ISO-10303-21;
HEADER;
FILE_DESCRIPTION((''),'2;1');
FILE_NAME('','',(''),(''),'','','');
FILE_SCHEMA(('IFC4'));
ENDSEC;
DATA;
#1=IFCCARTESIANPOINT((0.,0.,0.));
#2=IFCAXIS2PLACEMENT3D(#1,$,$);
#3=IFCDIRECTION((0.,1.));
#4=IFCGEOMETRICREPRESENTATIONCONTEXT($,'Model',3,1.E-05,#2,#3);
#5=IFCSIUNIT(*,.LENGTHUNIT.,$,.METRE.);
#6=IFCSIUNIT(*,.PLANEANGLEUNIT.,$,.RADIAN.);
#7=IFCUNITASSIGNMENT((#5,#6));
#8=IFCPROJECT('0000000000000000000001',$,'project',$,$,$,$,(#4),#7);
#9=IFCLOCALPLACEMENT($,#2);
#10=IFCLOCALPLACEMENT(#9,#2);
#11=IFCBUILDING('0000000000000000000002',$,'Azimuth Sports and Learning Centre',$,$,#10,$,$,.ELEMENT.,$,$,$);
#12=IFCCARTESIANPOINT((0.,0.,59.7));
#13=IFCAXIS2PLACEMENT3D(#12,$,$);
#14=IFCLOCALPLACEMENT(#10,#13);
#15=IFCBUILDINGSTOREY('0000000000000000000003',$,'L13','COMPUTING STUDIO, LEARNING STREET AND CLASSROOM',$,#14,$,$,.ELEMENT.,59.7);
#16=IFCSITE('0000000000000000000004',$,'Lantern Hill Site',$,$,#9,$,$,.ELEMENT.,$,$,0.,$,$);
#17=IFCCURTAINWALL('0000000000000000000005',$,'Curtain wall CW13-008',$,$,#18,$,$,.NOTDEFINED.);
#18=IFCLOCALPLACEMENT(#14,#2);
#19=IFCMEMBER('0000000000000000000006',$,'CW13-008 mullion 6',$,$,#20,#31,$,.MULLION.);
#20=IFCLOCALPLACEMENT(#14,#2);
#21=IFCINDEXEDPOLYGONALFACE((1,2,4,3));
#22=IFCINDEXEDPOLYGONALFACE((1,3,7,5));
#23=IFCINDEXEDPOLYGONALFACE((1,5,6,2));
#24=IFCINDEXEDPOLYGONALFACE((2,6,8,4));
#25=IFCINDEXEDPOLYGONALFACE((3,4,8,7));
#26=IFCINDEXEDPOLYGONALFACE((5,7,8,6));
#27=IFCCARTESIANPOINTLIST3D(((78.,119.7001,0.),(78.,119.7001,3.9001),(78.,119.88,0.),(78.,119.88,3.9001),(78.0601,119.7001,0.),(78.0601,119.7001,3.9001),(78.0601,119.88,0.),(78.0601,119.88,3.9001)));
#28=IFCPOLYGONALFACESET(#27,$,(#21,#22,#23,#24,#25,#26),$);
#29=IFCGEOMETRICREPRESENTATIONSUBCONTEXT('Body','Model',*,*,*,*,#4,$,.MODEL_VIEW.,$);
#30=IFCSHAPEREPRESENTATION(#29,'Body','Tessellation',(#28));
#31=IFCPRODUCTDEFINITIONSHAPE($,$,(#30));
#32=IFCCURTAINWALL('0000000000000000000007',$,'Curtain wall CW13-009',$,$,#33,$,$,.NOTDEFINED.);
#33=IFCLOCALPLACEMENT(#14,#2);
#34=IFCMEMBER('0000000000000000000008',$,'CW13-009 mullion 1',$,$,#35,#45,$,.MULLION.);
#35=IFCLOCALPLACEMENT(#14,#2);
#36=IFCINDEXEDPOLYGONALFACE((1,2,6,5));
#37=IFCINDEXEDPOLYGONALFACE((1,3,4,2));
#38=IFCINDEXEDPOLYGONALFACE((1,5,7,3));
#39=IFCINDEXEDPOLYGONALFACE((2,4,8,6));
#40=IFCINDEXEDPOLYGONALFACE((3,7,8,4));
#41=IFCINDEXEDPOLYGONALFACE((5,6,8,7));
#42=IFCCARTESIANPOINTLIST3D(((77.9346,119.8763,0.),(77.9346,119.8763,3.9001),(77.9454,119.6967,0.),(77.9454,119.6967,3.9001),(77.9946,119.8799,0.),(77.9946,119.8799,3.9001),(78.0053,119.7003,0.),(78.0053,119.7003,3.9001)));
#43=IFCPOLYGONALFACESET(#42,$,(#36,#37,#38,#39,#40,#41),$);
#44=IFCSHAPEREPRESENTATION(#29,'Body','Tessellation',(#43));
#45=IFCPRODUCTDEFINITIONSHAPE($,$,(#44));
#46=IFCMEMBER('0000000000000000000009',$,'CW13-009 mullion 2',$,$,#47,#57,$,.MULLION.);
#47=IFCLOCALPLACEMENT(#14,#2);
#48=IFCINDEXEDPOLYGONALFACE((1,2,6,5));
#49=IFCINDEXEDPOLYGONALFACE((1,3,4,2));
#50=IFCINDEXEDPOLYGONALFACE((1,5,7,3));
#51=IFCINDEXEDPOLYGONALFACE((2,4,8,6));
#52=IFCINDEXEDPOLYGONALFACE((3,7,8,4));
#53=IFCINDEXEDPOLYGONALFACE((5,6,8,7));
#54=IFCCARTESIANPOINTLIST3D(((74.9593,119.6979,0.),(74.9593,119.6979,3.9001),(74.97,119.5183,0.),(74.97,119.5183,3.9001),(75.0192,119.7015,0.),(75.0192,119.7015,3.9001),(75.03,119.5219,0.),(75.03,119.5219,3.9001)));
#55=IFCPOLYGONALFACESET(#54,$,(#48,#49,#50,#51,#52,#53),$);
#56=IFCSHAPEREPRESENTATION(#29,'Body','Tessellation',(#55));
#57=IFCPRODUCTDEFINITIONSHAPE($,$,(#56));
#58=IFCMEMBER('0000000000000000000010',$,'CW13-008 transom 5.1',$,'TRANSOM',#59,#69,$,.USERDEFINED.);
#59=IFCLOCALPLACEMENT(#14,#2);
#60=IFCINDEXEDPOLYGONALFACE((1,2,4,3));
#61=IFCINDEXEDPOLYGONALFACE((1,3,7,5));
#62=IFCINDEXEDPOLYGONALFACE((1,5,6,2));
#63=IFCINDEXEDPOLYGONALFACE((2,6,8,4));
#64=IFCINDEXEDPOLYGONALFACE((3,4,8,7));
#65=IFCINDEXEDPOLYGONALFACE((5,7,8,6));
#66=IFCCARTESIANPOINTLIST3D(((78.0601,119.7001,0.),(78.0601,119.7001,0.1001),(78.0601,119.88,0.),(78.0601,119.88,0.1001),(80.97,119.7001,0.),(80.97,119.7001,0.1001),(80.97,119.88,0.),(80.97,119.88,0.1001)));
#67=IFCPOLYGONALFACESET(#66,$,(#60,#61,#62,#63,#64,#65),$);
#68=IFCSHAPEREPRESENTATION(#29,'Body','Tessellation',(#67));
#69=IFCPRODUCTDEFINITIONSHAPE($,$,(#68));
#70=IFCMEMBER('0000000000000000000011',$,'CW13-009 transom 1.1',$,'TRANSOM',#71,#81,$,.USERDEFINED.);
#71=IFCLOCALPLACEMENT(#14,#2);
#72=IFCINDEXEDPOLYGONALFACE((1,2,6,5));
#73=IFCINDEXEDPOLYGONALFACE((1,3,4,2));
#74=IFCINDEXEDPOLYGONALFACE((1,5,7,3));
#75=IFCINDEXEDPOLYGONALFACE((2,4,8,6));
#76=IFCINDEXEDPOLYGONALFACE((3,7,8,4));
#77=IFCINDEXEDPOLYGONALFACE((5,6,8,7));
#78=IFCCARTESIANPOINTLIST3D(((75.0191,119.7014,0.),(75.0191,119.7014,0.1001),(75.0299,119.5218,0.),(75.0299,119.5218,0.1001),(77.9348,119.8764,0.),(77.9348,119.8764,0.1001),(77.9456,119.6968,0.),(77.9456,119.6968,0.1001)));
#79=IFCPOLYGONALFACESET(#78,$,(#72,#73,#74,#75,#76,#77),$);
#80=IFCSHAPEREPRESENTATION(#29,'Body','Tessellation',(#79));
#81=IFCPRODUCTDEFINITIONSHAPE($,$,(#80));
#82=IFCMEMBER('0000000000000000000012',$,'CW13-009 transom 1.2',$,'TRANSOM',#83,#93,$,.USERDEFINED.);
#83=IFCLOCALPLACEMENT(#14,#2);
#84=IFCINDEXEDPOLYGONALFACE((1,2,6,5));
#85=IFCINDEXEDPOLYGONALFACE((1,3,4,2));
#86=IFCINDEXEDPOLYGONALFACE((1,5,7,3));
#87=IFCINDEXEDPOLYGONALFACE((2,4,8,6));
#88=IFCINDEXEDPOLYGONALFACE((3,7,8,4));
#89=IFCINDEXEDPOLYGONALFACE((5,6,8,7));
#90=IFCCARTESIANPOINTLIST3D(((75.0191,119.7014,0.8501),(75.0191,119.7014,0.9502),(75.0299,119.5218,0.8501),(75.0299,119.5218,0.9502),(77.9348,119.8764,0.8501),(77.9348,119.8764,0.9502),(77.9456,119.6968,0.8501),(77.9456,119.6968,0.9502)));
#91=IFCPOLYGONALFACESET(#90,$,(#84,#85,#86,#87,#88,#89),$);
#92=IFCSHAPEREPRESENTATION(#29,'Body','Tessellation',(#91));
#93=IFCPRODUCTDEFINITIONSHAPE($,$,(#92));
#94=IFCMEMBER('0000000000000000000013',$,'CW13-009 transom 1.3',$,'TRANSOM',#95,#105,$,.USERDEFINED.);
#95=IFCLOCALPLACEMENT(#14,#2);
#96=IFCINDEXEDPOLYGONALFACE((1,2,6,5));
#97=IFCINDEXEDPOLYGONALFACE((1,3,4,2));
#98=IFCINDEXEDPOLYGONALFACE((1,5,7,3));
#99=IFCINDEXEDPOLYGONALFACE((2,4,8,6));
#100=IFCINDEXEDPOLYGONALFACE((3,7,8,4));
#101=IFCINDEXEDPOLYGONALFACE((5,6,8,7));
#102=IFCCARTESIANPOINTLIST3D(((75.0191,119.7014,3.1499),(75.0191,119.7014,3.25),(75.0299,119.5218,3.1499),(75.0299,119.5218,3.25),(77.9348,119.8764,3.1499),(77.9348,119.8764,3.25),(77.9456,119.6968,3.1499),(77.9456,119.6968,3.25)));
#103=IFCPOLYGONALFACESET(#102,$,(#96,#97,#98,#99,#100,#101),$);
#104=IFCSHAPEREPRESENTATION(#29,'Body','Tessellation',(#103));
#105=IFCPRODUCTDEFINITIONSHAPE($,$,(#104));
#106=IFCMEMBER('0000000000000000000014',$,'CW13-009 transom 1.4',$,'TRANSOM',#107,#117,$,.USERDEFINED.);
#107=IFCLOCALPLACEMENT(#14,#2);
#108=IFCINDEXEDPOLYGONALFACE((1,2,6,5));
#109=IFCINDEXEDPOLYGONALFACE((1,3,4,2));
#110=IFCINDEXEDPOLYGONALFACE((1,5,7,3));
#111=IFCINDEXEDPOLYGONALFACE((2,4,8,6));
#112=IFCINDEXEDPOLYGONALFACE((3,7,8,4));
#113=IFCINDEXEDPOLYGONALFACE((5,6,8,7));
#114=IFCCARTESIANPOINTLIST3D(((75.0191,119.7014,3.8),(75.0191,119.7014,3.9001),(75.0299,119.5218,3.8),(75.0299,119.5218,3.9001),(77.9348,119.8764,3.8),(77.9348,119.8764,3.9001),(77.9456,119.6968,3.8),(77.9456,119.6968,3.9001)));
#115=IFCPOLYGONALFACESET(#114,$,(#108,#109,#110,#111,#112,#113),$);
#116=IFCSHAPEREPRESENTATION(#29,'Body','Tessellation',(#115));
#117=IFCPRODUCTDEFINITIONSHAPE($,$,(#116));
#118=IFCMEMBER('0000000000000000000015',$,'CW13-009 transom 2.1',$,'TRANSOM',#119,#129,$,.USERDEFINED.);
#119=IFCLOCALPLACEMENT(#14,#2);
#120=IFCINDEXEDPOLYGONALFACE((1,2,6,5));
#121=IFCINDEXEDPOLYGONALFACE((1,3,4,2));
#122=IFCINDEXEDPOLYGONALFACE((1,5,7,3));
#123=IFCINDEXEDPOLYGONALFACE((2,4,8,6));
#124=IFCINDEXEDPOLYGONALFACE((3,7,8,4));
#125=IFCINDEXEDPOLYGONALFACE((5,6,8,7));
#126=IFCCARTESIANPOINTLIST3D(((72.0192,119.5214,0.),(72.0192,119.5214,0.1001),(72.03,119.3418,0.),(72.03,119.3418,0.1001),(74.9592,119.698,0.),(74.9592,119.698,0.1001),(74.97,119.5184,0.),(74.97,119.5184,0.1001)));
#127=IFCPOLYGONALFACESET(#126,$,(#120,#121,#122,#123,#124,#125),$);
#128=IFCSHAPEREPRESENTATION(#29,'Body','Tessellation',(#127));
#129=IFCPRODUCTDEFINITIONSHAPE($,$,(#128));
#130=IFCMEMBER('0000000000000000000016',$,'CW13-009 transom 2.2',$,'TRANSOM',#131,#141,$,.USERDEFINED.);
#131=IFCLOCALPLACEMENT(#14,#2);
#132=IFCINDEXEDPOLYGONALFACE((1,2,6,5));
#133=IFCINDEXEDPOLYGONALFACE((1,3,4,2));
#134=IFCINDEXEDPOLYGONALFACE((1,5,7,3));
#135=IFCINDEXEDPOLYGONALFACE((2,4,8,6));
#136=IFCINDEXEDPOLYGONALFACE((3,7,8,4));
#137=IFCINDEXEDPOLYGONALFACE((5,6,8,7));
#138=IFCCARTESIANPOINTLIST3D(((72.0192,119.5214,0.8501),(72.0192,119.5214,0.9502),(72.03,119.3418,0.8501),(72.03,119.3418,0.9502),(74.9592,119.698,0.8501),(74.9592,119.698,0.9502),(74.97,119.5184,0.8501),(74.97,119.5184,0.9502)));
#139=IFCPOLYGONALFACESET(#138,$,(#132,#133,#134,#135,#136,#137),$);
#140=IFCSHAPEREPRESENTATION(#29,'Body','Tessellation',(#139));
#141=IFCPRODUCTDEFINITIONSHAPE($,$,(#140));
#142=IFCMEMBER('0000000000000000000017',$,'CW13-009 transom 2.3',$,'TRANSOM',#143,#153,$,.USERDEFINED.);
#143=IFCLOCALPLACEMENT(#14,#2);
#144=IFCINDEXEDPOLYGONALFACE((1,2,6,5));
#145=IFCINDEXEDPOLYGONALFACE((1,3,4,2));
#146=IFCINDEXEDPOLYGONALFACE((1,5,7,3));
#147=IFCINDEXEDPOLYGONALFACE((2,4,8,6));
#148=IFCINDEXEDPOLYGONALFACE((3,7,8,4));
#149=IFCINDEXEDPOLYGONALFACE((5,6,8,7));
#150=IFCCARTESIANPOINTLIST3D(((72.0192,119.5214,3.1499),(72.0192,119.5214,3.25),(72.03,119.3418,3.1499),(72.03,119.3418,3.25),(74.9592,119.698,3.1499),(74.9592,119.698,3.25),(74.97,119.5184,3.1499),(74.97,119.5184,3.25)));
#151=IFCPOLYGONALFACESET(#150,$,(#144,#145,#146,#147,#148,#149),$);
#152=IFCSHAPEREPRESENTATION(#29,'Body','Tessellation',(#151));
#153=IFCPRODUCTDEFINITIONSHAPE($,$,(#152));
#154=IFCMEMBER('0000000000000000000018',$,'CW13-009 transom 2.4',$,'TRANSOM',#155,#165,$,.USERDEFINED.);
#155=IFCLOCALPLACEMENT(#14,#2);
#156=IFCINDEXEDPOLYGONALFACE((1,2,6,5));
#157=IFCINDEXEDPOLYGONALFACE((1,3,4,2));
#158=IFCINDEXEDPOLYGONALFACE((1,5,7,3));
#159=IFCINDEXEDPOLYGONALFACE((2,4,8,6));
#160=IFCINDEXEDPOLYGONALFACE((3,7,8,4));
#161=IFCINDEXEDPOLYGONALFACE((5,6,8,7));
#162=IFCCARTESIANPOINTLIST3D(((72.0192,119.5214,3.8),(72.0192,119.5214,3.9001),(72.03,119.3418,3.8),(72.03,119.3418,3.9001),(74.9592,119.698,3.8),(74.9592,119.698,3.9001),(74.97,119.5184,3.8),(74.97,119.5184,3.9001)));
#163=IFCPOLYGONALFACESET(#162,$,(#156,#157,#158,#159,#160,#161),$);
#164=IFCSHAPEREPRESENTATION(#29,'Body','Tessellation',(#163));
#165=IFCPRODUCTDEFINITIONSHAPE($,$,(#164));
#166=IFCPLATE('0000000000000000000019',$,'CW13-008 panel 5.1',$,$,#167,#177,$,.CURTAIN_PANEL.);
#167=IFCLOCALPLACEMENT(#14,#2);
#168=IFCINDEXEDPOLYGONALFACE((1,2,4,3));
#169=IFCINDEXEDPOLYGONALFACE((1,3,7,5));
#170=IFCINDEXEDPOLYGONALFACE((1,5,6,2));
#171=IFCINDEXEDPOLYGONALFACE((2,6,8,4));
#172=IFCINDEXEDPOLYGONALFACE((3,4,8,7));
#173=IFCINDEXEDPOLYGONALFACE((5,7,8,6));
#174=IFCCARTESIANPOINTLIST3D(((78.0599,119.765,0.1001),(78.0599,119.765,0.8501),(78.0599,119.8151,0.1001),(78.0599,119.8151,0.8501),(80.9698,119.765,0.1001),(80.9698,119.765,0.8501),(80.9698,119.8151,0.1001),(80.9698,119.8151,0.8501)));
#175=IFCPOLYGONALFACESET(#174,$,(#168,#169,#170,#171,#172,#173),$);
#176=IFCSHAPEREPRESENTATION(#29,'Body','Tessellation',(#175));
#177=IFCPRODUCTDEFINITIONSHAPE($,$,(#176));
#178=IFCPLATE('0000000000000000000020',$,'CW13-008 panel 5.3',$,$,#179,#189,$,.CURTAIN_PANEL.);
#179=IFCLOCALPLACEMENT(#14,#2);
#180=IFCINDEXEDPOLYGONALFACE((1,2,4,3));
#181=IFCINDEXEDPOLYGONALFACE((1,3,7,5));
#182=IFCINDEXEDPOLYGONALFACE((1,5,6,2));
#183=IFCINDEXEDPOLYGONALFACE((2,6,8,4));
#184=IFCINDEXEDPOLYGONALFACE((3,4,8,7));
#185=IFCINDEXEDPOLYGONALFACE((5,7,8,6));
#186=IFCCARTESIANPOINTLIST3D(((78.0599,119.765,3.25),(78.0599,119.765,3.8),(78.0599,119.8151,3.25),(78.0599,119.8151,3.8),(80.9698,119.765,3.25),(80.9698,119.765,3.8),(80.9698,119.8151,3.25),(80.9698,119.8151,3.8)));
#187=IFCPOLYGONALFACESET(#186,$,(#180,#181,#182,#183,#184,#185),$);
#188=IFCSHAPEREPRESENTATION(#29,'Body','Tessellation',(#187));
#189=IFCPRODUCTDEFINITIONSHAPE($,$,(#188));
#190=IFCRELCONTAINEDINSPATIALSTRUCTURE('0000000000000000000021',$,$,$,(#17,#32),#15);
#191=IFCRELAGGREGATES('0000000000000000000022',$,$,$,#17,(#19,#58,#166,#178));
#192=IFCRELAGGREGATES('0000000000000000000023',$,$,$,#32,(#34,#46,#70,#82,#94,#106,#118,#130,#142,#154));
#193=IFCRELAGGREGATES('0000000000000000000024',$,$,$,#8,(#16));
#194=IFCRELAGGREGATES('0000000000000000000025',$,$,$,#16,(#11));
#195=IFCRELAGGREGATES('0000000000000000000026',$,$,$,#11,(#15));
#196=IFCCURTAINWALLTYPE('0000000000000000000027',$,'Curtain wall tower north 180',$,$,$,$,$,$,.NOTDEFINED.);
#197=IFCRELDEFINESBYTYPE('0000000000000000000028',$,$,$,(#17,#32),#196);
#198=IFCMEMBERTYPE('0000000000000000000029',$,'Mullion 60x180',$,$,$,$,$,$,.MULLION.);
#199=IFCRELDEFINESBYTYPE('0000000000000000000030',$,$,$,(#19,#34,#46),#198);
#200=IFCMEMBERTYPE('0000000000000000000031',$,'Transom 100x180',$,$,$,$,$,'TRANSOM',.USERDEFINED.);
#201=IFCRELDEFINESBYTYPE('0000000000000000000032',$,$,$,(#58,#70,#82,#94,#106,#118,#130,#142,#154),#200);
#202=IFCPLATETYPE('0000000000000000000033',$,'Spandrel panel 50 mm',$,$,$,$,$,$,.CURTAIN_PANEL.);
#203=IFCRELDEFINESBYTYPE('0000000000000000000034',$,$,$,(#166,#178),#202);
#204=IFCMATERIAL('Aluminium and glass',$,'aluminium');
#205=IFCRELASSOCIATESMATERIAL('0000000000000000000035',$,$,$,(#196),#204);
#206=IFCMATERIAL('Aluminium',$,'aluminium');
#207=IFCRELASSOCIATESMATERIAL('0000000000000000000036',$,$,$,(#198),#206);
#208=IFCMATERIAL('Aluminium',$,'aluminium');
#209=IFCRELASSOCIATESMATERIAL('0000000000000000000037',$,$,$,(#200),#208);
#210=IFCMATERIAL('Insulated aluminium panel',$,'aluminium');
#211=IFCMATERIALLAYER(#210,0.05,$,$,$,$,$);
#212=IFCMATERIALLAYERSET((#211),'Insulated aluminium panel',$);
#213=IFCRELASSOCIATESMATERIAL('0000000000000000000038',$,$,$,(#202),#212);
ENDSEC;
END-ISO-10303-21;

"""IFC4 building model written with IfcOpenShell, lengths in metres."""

from ifc_helpers import new_model, si_unit, direction, frame, origin, origin_2d, place, context, subcontext, project, spatial, rectangle, extrude, material, layer, layer_set, material_profile, profile_set, type_object, element, aggregate, save


model = new_model("IFC4")

# Units and contexts
model_context = context("Model", 3, precision=1e-05, world=origin(), true_north=direction((0.0, 1.0)))
body_context = subcontext(model_context, "Body", "Model", "MODEL_VIEW")
ifc_project = project(units=[si_unit("LENGTHUNIT", "METRE"), si_unit("PLANEANGLEUNIT", "RADIAN")], contexts=[model_context])

# Site, building, storey
site_placement = place(None, origin())
site = spatial("IfcSite", under=ifc_project, at=site_placement, Name="Lantern Hill Site", CompositionType="ELEMENT", RefElevation=0.0)
building_placement = place(site_placement, origin())
building = spatial("IfcBuilding", under=site, at=building_placement, Name="Azimuth Sports and Learning Centre", CompositionType="ELEMENT")
storey_placement = place(building_placement, frame((0.0, 0.0, 59.7)))
storey = spatial("IfcBuildingStorey", under=building, at=storey_placement, Name="L13", Description="COMPUTING STUDIO, LEARNING STREET AND CLASSROOM", CompositionType="ELEMENT", Elevation=59.7)

# Curtain wall, member
ifc_material_1 = material(Name="Aluminium and glass", Category="aluminium")
curtain_wall_type = type_object("IfcCurtainWallType", Name="Curtain wall tower north 180", PredefinedType="NOTDEFINED", material=ifc_material_1)
curtain_wall_1_placement = place(storey_placement, origin())
curtain_wall_1 = element("IfcCurtainWall", 1, at=curtain_wall_1_placement, inside=storey, type_object=curtain_wall_type, Name="Curtain wall CW13-008", PredefinedType="NOTDEFINED")
ifc_material_2 = material(Name="Aluminium", Category="aluminium")
ifc_material_profile_1 = material_profile(ifc_material_2, rectangle(XDim=0.1799, YDim=0.0601, at=origin_2d()), Name="Mullion 60x180")
ifc_profile_set_1 = profile_set([ifc_material_profile_1], Name="Aluminium")
member_type_1 = type_object("IfcMemberType", Name="Mullion 60x180", PredefinedType="MULLION", material=ifc_profile_set_1)
member_1_placement = place(storey_placement, frame((78.03, 119.79, 0.0), z_axis=(0.0, 0.0, 1.0), x_axis=(0.0, -1.0, 0.0)))
member_1 = element("IfcMember", 2, at=member_1_placement, type_object=member_type_1, Name="CW13-008 mullion 6", PredefinedType="MULLION", context=body_context, shape_type="SweptSolid", body=[
    extrude(rectangle(XDim=0.1799, YDim=0.0601, at=origin_2d()), origin(), (0.0, 0.0, 1.0), 3.9001),
])

# Curtain wall, members
curtain_wall_2_placement = place(storey_placement, origin())
curtain_wall_2 = element("IfcCurtainWall", 3, at=curtain_wall_2_placement, inside=storey, type_object=curtain_wall_type, Name="Curtain wall CW13-009", PredefinedType="NOTDEFINED")
member_2_placement = place(storey_placement, frame((77.97, 119.7883, 0.0), z_axis=(0.0, 0.0, 1.0), x_axis=(0.059892, -0.998205, 0.0)))
member_2 = element("IfcMember", 4, at=member_2_placement, type_object=member_type_1, Name="CW13-009 mullion 1", PredefinedType="MULLION", context=body_context, shape_type="SweptSolid", body=[
    extrude(rectangle(XDim=0.1799, YDim=0.0601, at=origin_2d()), origin(), (0.0, 0.0, 1.0), 3.9001),
])
member_3_placement = place(storey_placement, frame((74.9946, 119.6099, 0.0), z_axis=(0.0, 0.0, 1.0), x_axis=(0.059892, -0.998205, 0.0)))
member_3 = element("IfcMember", 5, at=member_3_placement, type_object=member_type_1, Name="CW13-009 mullion 2", PredefinedType="MULLION", context=body_context, shape_type="SweptSolid", body=[
    extrude(rectangle(XDim=0.1799, YDim=0.0601, at=origin_2d()), origin(), (0.0, 0.0, 1.0), 3.9001),
])

# Members
ifc_material_3 = material(Name="Aluminium", Category="aluminium")
ifc_material_profile_2 = material_profile(ifc_material_3, rectangle(XDim=0.1799, YDim=0.1001, at=origin_2d()), Name="Transom 100x180")
ifc_profile_set_2 = profile_set([ifc_material_profile_2], Name="Aluminium")
member_type_2 = type_object("IfcMemberType", Name="Transom 100x180", ElementType="TRANSOM", PredefinedType="USERDEFINED", material=ifc_profile_set_2)
member_4_placement = place(storey_placement, frame((80.97, 119.79, 0.05), z_axis=(-1.0, 0.0, 0.0), x_axis=(0.0, -1.0, 0.0)))
member_4 = element("IfcMember", 6, at=member_4_placement, type_object=member_type_2, Name="CW13-008 transom 5.1", ObjectType="TRANSOM", PredefinedType="USERDEFINED", context=body_context, shape_type="SweptSolid", body=[
    extrude(rectangle(XDim=0.1799, YDim=0.1001, at=origin_2d()), origin(), (0.0, 0.0, 1.0), 2.9099),
])
member_5_placement = place(storey_placement, frame((77.9402, 119.7866, 0.05), z_axis=(-0.998202, -0.059932, 0.0), x_axis=(0.059932, -0.998202, 0.0)))
member_5 = element("IfcMember", 7, at=member_5_placement, type_object=member_type_2, Name="CW13-009 transom 1.1", ObjectType="TRANSOM", PredefinedType="USERDEFINED", context=body_context, shape_type="SweptSolid", body=[
    extrude(rectangle(XDim=0.1799, YDim=0.1001, at=origin_2d()), origin(), (0.0, 0.0, 1.0), 2.9209),
])
member_6_placement = place(storey_placement, frame((77.9402, 119.7866, 0.9001), z_axis=(-0.998202, -0.059932, 0.0), x_axis=(0.059932, -0.998202, 0.0)))
member_6 = element("IfcMember", 8, at=member_6_placement, type_object=member_type_2, Name="CW13-009 transom 1.2", ObjectType="TRANSOM", PredefinedType="USERDEFINED", context=body_context, shape_type="SweptSolid", body=[
    extrude(rectangle(XDim=0.1799, YDim=0.1001, at=origin_2d()), origin(), (0.0, 0.0, 1.0), 2.9209),
])
member_7_placement = place(storey_placement, frame((77.9402, 119.7866, 3.2), z_axis=(-0.998202, -0.059932, 0.0), x_axis=(0.059932, -0.998202, 0.0)))
member_7 = element("IfcMember", 9, at=member_7_placement, type_object=member_type_2, Name="CW13-009 transom 1.3", ObjectType="TRANSOM", PredefinedType="USERDEFINED", context=body_context, shape_type="SweptSolid", body=[
    extrude(rectangle(XDim=0.1799, YDim=0.1001, at=origin_2d()), origin(), (0.0, 0.0, 1.0), 2.9209),
])
member_8_placement = place(storey_placement, frame((77.9402, 119.7866, 3.8501), z_axis=(-0.998202, -0.059932, 0.0), x_axis=(0.059932, -0.998202, 0.0)))
member_8 = element("IfcMember", 10, at=member_8_placement, type_object=member_type_2, Name="CW13-009 transom 1.4", ObjectType="TRANSOM", PredefinedType="USERDEFINED", context=body_context, shape_type="SweptSolid", body=[
    extrude(rectangle(XDim=0.1799, YDim=0.1001, at=origin_2d()), origin(), (0.0, 0.0, 1.0), 2.9209),
])
member_9_placement = place(storey_placement, frame((74.9646, 119.6082, 0.05), z_axis=(-0.998202, -0.059932, 0.0), x_axis=(0.059932, -0.998202, 0.0)))
member_9 = element("IfcMember", 11, at=member_9_placement, type_object=member_type_2, Name="CW13-009 transom 2.1", ObjectType="TRANSOM", PredefinedType="USERDEFINED", context=body_context, shape_type="SweptSolid", body=[
    extrude(rectangle(XDim=0.1799, YDim=0.1001, at=origin_2d()), origin(), (0.0, 0.0, 1.0), 2.9453),
])
member_10_placement = place(storey_placement, frame((74.9646, 119.6082, 0.9001), z_axis=(-0.998202, -0.059932, 0.0), x_axis=(0.059932, -0.998202, 0.0)))
member_10 = element("IfcMember", 12, at=member_10_placement, type_object=member_type_2, Name="CW13-009 transom 2.2", ObjectType="TRANSOM", PredefinedType="USERDEFINED", context=body_context, shape_type="SweptSolid", body=[
    extrude(rectangle(XDim=0.1799, YDim=0.1001, at=origin_2d()), origin(), (0.0, 0.0, 1.0), 2.9453),
])
member_11_placement = place(storey_placement, frame((74.9646, 119.6082, 3.2), z_axis=(-0.998202, -0.059932, 0.0), x_axis=(0.059932, -0.998202, 0.0)))
member_11 = element("IfcMember", 13, at=member_11_placement, type_object=member_type_2, Name="CW13-009 transom 2.3", ObjectType="TRANSOM", PredefinedType="USERDEFINED", context=body_context, shape_type="SweptSolid", body=[
    extrude(rectangle(XDim=0.1799, YDim=0.1001, at=origin_2d()), origin(), (0.0, 0.0, 1.0), 2.9453),
])
member_12_placement = place(storey_placement, frame((74.9646, 119.6082, 3.8501), z_axis=(-0.998202, -0.059932, 0.0), x_axis=(0.059932, -0.998202, 0.0)))
member_12 = element("IfcMember", 14, at=member_12_placement, type_object=member_type_2, Name="CW13-009 transom 2.4", ObjectType="TRANSOM", PredefinedType="USERDEFINED", context=body_context, shape_type="SweptSolid", body=[
    extrude(rectangle(XDim=0.1799, YDim=0.1001, at=origin_2d()), origin(), (0.0, 0.0, 1.0), 2.9453),
])

# Plates
ifc_material_4 = material(Name="Insulated aluminium panel", Category="aluminium")
ifc_layer_1 = layer(ifc_material_4, 0.05)
ifc_layer_set_1 = layer_set([ifc_layer_1], Name="Insulated aluminium panel")
plate_type_1 = type_object("IfcPlateType", Name="Spandrel panel 50 mm", PredefinedType="CURTAIN_PANEL", material=ifc_layer_set_1)
plate_1_placement = place(storey_placement, frame((79.5149, 119.79, 0.1001), z_axis=(0.0, 0.0, 1.0), x_axis=(-1.0, 0.0, 0.0)))
plate_1 = element("IfcPlate", 15, at=plate_1_placement, type_object=plate_type_1, Name="CW13-008 panel 5.1", PredefinedType="CURTAIN_PANEL", context=body_context, shape_type="SweptSolid", body=[
    extrude(rectangle(XDim=2.9099, YDim=0.05, at=origin_2d()), origin(), (0.0, 0.0, 1.0), 0.75),
])
plate_2_placement = place(storey_placement, frame((79.5149, 119.79, 3.25), z_axis=(0.0, 0.0, 1.0), x_axis=(-1.0, 0.0, 0.0)))
plate_2 = element("IfcPlate", 16, at=plate_2_placement, type_object=plate_type_1, Name="CW13-008 panel 5.3", PredefinedType="CURTAIN_PANEL", context=body_context, shape_type="SweptSolid", body=[
    extrude(rectangle(XDim=2.9099, YDim=0.05, at=origin_2d()), origin(), (0.0, 0.0, 1.0), 0.55),
])
aggregate(curtain_wall_1, [member_1, member_4, plate_1, plate_2])
aggregate(curtain_wall_2, [member_2, member_3, member_5, member_6, member_7, member_8, member_9, member_10, member_11, member_12])

save(model, "model.ifc")
